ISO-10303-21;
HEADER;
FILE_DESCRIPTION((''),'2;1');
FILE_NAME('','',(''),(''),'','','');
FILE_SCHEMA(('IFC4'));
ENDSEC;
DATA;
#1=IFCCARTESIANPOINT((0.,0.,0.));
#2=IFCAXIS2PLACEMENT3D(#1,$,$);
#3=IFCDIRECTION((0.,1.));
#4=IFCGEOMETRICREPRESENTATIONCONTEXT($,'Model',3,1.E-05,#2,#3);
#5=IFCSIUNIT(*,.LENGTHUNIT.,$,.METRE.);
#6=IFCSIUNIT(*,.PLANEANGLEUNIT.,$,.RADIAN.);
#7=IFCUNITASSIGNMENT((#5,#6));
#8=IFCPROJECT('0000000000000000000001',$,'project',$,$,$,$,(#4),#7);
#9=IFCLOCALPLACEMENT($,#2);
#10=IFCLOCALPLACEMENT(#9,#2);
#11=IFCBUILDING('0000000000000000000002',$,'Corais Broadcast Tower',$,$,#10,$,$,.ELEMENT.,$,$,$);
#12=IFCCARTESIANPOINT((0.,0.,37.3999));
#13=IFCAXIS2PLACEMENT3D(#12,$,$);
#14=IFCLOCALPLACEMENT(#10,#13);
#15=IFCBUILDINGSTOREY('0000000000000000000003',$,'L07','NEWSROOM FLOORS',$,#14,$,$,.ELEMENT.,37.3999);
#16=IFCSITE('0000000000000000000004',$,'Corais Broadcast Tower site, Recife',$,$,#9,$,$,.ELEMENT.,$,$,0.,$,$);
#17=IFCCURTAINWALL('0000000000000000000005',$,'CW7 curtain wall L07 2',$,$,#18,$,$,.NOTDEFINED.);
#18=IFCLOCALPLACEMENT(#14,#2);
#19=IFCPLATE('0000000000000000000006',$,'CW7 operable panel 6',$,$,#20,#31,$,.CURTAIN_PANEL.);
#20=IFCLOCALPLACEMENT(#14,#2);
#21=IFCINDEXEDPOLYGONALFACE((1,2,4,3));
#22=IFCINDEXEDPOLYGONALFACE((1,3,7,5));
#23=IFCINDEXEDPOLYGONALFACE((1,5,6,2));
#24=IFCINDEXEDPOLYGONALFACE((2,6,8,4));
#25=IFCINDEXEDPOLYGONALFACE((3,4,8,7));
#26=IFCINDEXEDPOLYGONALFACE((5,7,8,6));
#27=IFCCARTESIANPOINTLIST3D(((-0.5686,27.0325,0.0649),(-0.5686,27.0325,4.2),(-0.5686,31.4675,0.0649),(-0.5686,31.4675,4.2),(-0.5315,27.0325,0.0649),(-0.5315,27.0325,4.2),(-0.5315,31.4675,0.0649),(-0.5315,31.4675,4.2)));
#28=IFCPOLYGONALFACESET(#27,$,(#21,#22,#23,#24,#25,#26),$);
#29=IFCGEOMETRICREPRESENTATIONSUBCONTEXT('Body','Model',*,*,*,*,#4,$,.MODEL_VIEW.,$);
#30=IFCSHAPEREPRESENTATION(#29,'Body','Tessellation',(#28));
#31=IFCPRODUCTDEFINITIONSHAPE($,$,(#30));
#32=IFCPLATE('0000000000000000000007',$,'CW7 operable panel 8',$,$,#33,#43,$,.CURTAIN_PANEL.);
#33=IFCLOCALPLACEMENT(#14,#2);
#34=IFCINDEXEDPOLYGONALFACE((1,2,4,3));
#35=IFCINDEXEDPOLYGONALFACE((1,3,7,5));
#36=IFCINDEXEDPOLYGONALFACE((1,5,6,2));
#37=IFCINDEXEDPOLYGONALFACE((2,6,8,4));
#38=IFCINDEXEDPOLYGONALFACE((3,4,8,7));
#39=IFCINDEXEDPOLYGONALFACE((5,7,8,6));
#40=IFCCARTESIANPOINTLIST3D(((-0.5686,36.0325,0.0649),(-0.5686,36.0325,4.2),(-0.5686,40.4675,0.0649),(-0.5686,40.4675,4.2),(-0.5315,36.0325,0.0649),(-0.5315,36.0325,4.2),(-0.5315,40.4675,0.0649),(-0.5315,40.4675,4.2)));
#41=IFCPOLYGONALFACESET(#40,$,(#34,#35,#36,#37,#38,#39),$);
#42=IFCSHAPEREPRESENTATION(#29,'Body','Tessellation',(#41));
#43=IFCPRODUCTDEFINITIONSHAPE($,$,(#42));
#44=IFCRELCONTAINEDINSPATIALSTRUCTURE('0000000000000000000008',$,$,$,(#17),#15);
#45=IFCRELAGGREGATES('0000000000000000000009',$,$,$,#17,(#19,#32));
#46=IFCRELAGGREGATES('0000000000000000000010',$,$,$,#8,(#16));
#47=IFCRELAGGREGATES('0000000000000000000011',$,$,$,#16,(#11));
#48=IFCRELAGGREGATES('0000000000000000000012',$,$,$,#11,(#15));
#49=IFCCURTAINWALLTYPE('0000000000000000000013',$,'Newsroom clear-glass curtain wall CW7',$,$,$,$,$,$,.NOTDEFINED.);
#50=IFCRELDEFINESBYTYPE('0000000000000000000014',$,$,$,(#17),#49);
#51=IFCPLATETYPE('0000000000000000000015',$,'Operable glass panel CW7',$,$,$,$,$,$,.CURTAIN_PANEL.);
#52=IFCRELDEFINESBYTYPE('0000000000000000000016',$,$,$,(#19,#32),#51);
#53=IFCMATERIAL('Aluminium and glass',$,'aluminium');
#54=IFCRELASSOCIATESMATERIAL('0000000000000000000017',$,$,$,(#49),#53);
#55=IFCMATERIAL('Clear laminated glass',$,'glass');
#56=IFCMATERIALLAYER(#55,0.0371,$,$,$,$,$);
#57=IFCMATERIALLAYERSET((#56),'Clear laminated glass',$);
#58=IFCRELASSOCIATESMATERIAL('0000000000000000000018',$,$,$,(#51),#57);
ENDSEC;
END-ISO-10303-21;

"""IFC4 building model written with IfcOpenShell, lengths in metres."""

from ifc_helpers import new_model, si_unit, direction, frame, origin, origin_2d, place, context, subcontext, project, spatial, rectangle, extrude, material, layer, layer_set, type_object, element, aggregate, save


model = new_model("IFC4")

# Units and contexts
model_context = context("Model", 3, precision=1e-05, world=origin(), true_north=direction((0.0, 1.0)))
body_context = subcontext(model_context, "Body", "Model", "MODEL_VIEW")
ifc_project = project(units=[si_unit("LENGTHUNIT", "METRE"), si_unit("PLANEANGLEUNIT", "RADIAN")], contexts=[model_context])

# Site, building, storey
site_placement = place(None, origin())
site = spatial("IfcSite", under=ifc_project, at=site_placement, Name="Corais Broadcast Tower site, Recife", CompositionType="ELEMENT", RefElevation=0.0)
building_placement = place(site_placement, origin())
building = spatial("IfcBuilding", under=site, at=building_placement, Name="Corais Broadcast Tower", CompositionType="ELEMENT")
storey_placement = place(building_placement, frame((0.0, 0.0, 37.3999)))
storey = spatial("IfcBuildingStorey", under=building, at=storey_placement, Name="L07", Description="NEWSROOM FLOORS", CompositionType="ELEMENT", Elevation=37.3999)

# Curtain wall
ifc_material_1 = material(Name="Aluminium and glass", Category="aluminium")
curtain_wall_type = type_object("IfcCurtainWallType", Name="Newsroom clear-glass curtain wall CW7", PredefinedType="NOTDEFINED", material=ifc_material_1)
curtain_wall_placement = place(storey_placement, origin())
curtain_wall = element("IfcCurtainWall", 1, at=curtain_wall_placement, inside=storey, type_object=curtain_wall_type, Name="CW7 curtain wall L07 2", PredefinedType="NOTDEFINED")

# Plates
ifc_material_2 = material(Name="Clear laminated glass", Category="glass")
ifc_layer_1 = layer(ifc_material_2, 0.0371)
ifc_layer_set_1 = layer_set([ifc_layer_1], Name="Clear laminated glass")
plate_type_1 = type_object("IfcPlateType", Name="Operable glass panel CW7", PredefinedType="CURTAIN_PANEL", material=ifc_layer_set_1)
plate_1_placement = place(storey_placement, frame((-0.55, 29.25, 0.0649), z_axis=(0.0, 0.0, 1.0), x_axis=(0.0, 1.0, 0.0)))
plate_1 = element("IfcPlate", 2, at=plate_1_placement, type_object=plate_type_1, Name="CW7 operable panel 6", PredefinedType="CURTAIN_PANEL", context=body_context, shape_type="SweptSolid", body=[
    extrude(rectangle(XDim=4.4351, YDim=0.0371, at=origin_2d()), origin(), (0.0, 0.0, 1.0), 4.135),
])
plate_2_placement = place(storey_placement, frame((-0.55, 38.25, 0.0649), z_axis=(0.0, 0.0, 1.0), x_axis=(0.0, 1.0, 0.0)))
plate_2 = element("IfcPlate", 3, at=plate_2_placement, type_object=plate_type_1, Name="CW7 operable panel 8", PredefinedType="CURTAIN_PANEL", context=body_context, shape_type="SweptSolid", body=[
    extrude(rectangle(XDim=4.4351, YDim=0.0371, at=origin_2d()), origin(), (0.0, 0.0, 1.0), 4.135),
])
aggregate(curtain_wall, [plate_1, plate_2])

save(model, "model.ifc")
